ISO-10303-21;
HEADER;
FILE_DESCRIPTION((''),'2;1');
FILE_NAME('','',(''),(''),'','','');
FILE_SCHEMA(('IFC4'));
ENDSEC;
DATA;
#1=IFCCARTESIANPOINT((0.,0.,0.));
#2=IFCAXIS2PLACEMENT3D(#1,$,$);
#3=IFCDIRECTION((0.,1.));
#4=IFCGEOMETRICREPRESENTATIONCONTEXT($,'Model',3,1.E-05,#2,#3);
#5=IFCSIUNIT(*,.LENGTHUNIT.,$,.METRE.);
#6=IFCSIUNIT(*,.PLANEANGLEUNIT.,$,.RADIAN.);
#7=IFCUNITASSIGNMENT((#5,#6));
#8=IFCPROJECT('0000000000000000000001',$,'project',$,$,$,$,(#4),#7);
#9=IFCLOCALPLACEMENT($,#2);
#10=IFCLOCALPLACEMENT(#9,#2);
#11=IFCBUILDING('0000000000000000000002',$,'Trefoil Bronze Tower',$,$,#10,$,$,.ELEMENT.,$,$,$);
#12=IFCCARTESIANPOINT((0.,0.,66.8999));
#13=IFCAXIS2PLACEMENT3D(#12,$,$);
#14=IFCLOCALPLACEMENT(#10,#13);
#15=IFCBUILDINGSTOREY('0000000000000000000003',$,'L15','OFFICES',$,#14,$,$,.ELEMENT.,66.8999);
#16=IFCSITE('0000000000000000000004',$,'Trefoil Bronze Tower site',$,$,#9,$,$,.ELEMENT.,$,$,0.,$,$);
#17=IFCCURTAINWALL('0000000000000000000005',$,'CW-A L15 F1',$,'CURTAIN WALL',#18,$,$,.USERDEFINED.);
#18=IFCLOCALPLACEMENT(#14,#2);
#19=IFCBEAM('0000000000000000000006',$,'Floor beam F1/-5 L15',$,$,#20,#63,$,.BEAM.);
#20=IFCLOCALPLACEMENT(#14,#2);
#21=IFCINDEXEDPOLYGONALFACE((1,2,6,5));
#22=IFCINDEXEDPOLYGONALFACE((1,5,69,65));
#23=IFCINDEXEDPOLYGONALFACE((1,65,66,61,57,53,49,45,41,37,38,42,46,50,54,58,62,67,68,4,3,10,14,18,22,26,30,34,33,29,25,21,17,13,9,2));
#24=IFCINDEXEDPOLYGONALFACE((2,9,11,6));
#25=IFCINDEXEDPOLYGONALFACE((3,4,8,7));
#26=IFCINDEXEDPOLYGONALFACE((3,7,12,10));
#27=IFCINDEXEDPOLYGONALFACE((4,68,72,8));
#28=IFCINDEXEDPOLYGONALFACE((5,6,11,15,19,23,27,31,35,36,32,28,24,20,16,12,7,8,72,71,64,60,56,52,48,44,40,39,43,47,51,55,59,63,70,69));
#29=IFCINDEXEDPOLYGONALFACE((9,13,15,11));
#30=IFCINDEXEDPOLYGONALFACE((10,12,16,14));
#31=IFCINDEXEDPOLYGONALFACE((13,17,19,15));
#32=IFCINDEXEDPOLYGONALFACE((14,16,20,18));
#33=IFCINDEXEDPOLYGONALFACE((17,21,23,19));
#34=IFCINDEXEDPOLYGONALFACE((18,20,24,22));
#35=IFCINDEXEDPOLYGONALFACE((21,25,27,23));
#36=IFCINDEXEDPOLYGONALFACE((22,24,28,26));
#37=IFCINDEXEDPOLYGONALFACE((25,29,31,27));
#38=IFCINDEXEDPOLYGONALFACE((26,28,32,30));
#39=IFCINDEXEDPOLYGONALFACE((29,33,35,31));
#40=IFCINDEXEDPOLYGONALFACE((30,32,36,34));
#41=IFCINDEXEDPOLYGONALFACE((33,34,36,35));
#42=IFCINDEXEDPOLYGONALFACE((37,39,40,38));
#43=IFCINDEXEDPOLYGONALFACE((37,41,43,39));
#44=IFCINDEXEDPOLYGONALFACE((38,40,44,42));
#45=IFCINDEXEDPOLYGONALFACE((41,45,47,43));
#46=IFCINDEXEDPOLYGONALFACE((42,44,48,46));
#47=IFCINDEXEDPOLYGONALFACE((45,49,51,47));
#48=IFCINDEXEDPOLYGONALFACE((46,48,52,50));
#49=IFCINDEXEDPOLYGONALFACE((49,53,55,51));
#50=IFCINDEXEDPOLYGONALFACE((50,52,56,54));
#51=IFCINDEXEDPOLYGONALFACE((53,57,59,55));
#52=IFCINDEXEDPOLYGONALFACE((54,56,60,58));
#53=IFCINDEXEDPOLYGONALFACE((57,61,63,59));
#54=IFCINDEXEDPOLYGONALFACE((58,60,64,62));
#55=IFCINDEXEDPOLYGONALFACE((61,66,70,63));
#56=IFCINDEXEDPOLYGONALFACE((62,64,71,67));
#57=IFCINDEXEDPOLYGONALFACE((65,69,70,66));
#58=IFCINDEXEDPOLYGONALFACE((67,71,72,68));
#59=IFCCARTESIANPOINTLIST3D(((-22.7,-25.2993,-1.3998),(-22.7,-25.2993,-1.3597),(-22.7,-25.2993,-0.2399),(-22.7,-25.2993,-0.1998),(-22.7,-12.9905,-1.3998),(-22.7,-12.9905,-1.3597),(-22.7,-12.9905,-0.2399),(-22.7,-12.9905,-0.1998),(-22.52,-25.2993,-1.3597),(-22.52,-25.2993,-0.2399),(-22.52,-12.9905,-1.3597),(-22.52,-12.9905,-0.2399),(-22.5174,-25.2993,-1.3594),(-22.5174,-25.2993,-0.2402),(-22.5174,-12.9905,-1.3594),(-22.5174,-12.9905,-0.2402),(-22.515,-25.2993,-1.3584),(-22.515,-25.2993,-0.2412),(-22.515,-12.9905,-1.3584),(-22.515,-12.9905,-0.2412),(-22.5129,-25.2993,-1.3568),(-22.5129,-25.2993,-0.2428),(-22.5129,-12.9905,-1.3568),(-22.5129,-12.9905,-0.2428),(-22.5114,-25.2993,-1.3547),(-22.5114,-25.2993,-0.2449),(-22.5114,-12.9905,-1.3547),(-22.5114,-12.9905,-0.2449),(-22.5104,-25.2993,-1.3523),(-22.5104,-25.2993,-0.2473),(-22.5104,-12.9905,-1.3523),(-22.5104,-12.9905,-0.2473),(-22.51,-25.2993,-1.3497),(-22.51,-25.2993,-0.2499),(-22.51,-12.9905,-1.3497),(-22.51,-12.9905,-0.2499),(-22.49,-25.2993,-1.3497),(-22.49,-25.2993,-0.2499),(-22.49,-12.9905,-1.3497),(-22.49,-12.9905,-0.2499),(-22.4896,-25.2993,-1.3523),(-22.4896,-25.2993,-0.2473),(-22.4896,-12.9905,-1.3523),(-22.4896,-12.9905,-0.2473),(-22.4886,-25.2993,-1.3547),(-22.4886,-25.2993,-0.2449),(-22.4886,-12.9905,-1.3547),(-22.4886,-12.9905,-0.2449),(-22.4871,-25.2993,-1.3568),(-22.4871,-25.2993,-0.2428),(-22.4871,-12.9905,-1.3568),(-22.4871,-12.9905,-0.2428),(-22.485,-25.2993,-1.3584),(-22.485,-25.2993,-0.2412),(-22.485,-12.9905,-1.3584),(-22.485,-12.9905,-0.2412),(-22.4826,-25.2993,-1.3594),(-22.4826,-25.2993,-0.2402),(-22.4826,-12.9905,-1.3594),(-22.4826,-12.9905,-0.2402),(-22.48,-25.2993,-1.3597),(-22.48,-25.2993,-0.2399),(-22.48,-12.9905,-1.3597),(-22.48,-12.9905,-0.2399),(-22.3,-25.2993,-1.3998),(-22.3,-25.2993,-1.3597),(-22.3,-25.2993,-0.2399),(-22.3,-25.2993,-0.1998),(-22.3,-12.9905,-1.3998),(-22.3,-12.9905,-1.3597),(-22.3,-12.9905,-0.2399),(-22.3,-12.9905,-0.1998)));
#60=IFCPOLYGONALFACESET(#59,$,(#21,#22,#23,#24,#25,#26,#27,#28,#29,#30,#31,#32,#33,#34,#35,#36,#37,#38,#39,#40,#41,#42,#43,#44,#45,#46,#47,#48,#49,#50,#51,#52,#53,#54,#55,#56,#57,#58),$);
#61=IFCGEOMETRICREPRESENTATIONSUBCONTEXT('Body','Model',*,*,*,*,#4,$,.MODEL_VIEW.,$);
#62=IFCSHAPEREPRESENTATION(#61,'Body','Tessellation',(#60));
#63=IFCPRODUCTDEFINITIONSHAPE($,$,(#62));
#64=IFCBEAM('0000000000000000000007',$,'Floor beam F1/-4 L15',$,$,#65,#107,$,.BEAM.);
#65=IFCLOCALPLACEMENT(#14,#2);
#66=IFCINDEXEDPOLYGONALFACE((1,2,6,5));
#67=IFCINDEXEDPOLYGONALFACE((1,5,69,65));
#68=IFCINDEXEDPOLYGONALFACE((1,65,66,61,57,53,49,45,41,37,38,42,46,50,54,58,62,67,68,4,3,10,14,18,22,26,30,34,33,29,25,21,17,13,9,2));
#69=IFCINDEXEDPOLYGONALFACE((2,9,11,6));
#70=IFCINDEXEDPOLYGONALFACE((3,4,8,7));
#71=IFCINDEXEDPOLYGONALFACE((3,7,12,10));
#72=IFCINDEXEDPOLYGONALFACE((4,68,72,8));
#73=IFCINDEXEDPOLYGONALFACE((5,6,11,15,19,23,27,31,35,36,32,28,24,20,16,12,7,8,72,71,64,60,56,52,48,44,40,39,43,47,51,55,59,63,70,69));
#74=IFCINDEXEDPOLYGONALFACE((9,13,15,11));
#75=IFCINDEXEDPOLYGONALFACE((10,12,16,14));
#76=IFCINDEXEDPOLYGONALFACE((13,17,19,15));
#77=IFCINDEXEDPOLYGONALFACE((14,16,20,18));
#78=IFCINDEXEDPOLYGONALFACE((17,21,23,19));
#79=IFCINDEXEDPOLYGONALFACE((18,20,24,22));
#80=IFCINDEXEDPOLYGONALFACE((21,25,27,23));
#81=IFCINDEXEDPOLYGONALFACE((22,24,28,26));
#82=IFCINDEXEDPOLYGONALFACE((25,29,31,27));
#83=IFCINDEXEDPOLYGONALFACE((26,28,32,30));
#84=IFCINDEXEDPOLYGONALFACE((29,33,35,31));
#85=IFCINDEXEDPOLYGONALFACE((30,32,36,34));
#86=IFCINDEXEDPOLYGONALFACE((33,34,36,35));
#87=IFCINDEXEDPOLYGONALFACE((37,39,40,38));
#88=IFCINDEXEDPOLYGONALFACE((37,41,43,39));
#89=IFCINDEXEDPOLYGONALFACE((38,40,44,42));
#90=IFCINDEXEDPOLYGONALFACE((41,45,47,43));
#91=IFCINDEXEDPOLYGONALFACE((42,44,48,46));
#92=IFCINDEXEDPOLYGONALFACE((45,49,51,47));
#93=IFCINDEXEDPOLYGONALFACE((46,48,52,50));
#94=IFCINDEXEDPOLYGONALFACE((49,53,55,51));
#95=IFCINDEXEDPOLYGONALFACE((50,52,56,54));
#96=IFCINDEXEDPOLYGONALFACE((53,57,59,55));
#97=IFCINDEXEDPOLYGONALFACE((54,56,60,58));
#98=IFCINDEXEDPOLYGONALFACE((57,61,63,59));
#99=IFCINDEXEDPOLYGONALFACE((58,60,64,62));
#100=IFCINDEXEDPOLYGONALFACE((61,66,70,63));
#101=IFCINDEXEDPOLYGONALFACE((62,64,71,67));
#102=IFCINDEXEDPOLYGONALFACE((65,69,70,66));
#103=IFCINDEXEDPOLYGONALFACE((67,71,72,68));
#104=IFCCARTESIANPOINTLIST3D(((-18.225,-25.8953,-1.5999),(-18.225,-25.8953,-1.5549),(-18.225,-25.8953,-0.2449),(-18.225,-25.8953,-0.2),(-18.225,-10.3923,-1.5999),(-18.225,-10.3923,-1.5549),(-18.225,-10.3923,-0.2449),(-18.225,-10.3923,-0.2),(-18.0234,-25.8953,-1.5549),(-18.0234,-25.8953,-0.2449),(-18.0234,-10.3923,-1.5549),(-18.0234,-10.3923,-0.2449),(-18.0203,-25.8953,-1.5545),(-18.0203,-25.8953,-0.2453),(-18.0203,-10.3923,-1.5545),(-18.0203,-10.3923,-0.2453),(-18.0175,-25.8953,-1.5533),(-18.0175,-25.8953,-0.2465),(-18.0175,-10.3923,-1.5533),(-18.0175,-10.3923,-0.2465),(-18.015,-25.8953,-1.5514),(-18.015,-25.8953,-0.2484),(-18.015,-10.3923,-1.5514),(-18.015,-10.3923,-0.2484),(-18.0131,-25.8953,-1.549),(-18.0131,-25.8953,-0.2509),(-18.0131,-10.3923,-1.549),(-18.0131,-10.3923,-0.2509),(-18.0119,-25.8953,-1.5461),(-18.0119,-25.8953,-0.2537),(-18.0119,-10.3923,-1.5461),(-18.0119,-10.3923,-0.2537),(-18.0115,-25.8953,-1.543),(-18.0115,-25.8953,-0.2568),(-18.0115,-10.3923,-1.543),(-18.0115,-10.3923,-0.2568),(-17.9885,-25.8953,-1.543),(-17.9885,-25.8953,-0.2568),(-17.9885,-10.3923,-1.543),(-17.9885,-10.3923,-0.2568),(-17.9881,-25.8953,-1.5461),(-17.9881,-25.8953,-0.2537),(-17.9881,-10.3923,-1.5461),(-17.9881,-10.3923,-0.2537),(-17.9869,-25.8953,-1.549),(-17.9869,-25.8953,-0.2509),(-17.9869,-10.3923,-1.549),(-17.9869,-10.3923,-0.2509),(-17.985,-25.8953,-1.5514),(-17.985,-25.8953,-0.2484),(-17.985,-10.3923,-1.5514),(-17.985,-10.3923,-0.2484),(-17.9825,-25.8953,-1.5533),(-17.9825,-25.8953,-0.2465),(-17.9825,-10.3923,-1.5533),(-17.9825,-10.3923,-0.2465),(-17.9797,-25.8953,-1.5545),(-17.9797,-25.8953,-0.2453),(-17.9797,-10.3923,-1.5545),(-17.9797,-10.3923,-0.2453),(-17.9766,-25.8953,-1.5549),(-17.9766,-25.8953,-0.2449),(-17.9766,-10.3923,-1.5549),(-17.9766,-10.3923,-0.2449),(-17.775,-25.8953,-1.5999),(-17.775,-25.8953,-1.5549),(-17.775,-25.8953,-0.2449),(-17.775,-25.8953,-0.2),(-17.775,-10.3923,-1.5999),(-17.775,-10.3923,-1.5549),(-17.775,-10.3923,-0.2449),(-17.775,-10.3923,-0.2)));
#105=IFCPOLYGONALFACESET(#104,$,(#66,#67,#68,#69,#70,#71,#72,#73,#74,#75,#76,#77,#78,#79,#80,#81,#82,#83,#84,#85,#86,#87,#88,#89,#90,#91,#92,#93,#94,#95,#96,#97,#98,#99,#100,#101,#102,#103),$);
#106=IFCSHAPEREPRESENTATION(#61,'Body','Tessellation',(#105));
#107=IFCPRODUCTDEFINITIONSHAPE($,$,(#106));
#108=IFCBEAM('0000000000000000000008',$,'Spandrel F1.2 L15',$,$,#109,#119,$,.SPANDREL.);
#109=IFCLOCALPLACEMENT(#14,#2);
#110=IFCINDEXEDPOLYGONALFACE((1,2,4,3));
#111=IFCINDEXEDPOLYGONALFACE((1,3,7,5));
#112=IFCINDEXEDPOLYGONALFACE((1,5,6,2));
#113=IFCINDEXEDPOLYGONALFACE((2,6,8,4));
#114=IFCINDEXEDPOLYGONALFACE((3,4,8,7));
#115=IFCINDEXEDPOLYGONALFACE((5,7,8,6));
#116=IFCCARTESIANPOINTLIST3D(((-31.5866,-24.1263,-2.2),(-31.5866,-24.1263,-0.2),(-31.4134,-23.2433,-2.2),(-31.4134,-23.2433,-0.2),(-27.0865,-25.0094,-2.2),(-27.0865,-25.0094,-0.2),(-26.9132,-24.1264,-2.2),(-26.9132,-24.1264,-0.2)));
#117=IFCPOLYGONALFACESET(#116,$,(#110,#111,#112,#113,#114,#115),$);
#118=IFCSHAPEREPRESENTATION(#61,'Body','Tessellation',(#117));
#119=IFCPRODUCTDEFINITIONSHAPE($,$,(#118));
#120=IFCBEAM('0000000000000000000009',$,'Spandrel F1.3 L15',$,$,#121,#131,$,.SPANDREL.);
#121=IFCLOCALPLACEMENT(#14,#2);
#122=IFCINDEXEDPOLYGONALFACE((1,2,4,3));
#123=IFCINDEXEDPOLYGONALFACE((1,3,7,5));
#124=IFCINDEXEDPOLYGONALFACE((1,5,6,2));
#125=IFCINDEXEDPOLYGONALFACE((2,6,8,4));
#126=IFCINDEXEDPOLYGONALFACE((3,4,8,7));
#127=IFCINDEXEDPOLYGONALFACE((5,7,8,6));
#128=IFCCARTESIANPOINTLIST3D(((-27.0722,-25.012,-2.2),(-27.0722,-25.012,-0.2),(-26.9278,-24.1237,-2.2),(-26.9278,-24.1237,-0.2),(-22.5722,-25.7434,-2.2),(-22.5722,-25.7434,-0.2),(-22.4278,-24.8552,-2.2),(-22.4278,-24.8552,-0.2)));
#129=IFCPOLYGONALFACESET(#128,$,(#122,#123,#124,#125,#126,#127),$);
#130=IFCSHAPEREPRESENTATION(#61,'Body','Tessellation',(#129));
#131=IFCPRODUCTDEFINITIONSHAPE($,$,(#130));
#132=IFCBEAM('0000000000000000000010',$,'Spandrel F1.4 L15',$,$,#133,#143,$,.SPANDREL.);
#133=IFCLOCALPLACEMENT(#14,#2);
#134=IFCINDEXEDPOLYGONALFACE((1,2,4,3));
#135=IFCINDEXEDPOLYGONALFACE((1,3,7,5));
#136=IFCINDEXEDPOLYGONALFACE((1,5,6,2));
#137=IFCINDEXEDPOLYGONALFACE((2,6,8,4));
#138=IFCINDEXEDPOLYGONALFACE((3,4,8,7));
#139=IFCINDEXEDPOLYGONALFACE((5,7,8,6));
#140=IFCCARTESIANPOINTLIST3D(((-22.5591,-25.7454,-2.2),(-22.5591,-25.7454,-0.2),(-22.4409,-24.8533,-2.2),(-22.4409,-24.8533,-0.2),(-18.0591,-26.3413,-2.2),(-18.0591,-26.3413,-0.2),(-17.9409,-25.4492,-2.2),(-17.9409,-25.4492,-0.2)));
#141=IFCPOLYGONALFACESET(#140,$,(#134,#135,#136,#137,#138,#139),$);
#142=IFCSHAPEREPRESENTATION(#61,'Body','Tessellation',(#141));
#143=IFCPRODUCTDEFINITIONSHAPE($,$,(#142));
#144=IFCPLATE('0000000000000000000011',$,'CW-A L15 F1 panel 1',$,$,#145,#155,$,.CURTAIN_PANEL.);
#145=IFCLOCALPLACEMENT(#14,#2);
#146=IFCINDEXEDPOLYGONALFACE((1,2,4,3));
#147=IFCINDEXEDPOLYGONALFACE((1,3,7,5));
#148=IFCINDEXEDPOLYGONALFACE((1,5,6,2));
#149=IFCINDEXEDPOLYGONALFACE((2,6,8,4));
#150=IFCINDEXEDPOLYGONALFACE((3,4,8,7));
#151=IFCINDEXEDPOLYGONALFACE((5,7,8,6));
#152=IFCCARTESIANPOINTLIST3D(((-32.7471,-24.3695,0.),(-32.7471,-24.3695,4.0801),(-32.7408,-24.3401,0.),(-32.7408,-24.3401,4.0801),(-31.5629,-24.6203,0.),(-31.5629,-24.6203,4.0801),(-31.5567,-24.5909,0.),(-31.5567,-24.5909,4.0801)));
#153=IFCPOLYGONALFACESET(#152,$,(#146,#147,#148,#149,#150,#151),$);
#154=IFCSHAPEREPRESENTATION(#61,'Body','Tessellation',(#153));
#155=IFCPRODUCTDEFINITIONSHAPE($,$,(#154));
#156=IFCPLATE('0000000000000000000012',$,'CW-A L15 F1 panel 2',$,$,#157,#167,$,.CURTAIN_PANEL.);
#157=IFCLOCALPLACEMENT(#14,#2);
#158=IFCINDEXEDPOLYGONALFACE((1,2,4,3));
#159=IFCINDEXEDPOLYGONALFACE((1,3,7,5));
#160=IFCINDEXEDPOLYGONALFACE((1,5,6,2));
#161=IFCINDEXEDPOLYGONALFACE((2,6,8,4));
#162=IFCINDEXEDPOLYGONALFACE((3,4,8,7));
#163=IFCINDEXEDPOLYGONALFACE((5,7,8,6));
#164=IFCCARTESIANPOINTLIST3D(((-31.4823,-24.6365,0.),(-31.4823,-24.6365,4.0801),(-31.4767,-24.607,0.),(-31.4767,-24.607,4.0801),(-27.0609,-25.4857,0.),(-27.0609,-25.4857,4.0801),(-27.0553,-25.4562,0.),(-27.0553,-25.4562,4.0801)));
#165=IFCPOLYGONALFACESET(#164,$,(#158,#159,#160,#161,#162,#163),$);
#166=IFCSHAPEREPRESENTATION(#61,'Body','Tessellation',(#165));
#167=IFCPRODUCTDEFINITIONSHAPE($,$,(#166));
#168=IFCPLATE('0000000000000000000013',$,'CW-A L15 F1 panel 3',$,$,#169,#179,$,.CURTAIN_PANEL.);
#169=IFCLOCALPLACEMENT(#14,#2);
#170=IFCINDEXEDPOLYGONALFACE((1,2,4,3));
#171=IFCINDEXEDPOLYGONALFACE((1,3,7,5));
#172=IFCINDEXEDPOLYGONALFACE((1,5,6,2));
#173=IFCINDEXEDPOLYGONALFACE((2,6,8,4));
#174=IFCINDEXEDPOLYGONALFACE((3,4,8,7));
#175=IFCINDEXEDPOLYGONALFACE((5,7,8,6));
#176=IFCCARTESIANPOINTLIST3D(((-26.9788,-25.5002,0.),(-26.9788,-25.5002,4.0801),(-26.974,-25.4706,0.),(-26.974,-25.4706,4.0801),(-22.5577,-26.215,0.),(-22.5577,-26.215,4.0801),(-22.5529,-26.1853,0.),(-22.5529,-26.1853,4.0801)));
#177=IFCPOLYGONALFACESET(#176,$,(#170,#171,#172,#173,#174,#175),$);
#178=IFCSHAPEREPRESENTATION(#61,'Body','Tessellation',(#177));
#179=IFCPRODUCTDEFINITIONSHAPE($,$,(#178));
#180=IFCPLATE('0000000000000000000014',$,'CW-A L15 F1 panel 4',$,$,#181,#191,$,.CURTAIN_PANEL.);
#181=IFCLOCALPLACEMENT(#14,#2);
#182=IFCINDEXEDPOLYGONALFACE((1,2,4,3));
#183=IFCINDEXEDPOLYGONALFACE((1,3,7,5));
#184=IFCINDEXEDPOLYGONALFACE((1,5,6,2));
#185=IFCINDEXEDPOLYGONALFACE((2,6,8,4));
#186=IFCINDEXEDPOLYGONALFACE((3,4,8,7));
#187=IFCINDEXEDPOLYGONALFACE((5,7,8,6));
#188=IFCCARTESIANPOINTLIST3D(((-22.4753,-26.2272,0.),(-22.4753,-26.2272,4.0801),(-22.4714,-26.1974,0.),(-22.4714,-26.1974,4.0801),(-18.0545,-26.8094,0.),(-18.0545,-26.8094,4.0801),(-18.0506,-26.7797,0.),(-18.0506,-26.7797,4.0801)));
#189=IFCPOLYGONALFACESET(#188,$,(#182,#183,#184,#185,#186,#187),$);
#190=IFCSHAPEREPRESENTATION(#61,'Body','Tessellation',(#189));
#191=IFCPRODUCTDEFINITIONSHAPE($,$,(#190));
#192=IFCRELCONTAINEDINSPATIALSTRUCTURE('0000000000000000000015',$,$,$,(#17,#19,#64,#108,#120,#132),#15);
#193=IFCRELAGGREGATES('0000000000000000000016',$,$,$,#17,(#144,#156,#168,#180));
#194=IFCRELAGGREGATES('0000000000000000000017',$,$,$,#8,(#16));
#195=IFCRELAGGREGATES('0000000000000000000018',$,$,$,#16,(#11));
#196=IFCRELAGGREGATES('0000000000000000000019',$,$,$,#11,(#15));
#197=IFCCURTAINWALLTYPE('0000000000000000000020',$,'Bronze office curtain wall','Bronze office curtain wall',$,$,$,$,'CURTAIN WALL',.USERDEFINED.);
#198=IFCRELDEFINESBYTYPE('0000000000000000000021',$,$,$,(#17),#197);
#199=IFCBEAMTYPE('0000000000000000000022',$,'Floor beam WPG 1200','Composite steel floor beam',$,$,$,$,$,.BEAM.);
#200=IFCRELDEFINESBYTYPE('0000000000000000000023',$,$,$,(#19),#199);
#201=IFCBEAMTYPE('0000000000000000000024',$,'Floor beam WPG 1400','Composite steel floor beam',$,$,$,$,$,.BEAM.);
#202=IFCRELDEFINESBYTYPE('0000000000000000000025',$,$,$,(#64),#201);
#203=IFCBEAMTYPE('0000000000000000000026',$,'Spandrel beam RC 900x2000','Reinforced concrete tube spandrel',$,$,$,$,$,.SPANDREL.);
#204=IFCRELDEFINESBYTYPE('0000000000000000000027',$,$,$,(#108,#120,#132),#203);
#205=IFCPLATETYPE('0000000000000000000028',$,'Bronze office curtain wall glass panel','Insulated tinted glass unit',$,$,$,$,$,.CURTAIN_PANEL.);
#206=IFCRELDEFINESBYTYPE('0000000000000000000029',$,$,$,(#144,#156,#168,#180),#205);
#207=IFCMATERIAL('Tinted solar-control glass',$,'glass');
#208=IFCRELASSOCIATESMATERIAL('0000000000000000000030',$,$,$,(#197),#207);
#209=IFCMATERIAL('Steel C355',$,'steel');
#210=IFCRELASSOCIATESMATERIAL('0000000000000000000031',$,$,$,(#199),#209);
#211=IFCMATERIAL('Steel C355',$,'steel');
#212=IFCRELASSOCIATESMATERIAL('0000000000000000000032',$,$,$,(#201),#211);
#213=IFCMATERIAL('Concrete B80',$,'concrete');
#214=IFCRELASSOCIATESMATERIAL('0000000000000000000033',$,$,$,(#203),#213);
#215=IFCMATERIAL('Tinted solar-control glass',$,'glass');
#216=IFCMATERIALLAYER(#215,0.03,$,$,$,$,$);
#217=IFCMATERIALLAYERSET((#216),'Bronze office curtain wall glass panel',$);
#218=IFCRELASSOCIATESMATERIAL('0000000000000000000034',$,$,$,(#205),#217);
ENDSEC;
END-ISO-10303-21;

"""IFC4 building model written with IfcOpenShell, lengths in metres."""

from ifc_helpers import new_model, si_unit, direction, frame, origin, origin_2d, place, context, subcontext, project, spatial, rectangle, i_section, extrude, material, layer, layer_set, material_profile, profile_set, type_object, element, aggregate, save


model = new_model("IFC4")

# Units and contexts
model_context = context("Model", 3, precision=1e-05, world=origin(), true_north=direction((0.0, 1.0)))
body_context = subcontext(model_context, "Body", "Model", "MODEL_VIEW")
ifc_project = project(units=[si_unit("LENGTHUNIT", "METRE"), si_unit("PLANEANGLEUNIT", "RADIAN")], contexts=[model_context])

# Site, building, storey
site_placement = place(None, origin())
site = spatial("IfcSite", under=ifc_project, at=site_placement, Name="Trefoil Bronze Tower site", CompositionType="ELEMENT", RefElevation=0.0)
building_placement = place(site_placement, origin())
building = spatial("IfcBuilding", under=site, at=building_placement, Name="Trefoil Bronze Tower", CompositionType="ELEMENT")
storey_placement = place(building_placement, frame((0.0, 0.0, 66.8999)))
storey = spatial("IfcBuildingStorey", under=building, at=storey_placement, Name="L15", Description="OFFICES", CompositionType="ELEMENT", Elevation=66.8999)

# Curtain wall
ifc_material_1 = material(Name="Tinted solar-control glass", Category="glass")
curtain_wall_type_1 = type_object("IfcCurtainWallType", Name="Bronze office curtain wall", Description="Bronze office curtain wall", ElementType="CURTAIN WALL", PredefinedType="USERDEFINED", material=ifc_material_1)
curtain_wall_1_placement = place(storey_placement, origin())
curtain_wall_1 = element("IfcCurtainWall", 1, at=curtain_wall_1_placement, inside=storey, type_object=curtain_wall_type_1, Name="CW-A L15 F1", ObjectType="CURTAIN WALL", PredefinedType="USERDEFINED")

# Beams
ifc_material_2 = material(Name="Steel C355", Category="steel")
ifc_material_profile_1 = material_profile(ifc_material_2, i_section(OverallWidth=0.3999, OverallDepth=1.2, WebThickness=0.02, FlangeThickness=0.04, FilletRadius=0.01, at=origin_2d()), Name="WPG 1200")
ifc_profile_set_1 = profile_set([ifc_material_profile_1], Name="Steel C355")
beam_type_1 = type_object("IfcBeamType", Name="Floor beam WPG 1200", Description="Composite steel floor beam", PredefinedType="BEAM", material=ifc_profile_set_1)
beam_1_placement = place(storey_placement, frame((-22.5, -25.2993, -0.7998), z_axis=(0.0, 1.0, 0.0), x_axis=(-1.0, 0.0, 0.0)))
element("IfcBeam", 2, at=beam_1_placement, inside=storey, type_object=beam_type_1, Name="Floor beam F1/-5 L15", PredefinedType="BEAM", context=body_context, shape_type="SweptSolid", body=[
    extrude(i_section(OverallWidth=0.3999, OverallDepth=1.2, WebThickness=0.02, FlangeThickness=0.04, FilletRadius=0.01, at=origin_2d()), origin(), (0.0, 0.0, 1.0), 12.3088),
])
ifc_material_3 = material(Name="Steel C355", Category="steel")
ifc_material_profile_2 = material_profile(ifc_material_3, i_section(OverallWidth=0.45, OverallDepth=1.3999, WebThickness=0.0229, FlangeThickness=0.0449, FilletRadius=0.012, at=origin_2d()), Name="WPG 1400")
ifc_profile_set_2 = profile_set([ifc_material_profile_2], Name="Steel C355")
beam_type_2 = type_object("IfcBeamType", Name="Floor beam WPG 1400", Description="Composite steel floor beam", PredefinedType="BEAM", material=ifc_profile_set_2)
beam_2_placement = place(storey_placement, frame((-18.0, -25.8953, -0.8999), z_axis=(0.0, 1.0, 0.0), x_axis=(-1.0, 0.0, 0.0)))
element("IfcBeam", 3, at=beam_2_placement, inside=storey, type_object=beam_type_2, Name="Floor beam F1/-4 L15", PredefinedType="BEAM", context=body_context, shape_type="SweptSolid", body=[
    extrude(i_section(OverallWidth=0.45, OverallDepth=1.3999, WebThickness=0.0229, FlangeThickness=0.0449, FilletRadius=0.012, at=origin_2d()), origin(), (0.0, 0.0, 1.0), 15.5029),
])
ifc_material_4 = material(Name="Concrete B80", Category="concrete")
ifc_material_profile_3 = material_profile(ifc_material_4, rectangle(XDim=0.8999, YDim=2.0, at=origin_2d()), Name="RC 900x2000")
ifc_profile_set_3 = profile_set([ifc_material_profile_3], Name="Concrete B80")
beam_type_3 = type_object("IfcBeamType", Name="Spandrel beam RC 900x2000", Description="Reinforced concrete tube spandrel", PredefinedType="SPANDREL", material=ifc_profile_set_3)
beam_3_placement = place(storey_placement, frame((-31.5, -23.6848, -1.2), z_axis=(0.981285, -0.192562, 0.0), x_axis=(0.192562, 0.981285, 0.0)))
element("IfcBeam", 4, at=beam_3_placement, inside=storey, type_object=beam_type_3, Name="Spandrel F1.2 L15", PredefinedType="SPANDREL", context=body_context, shape_type="SweptSolid", body=[
    extrude(rectangle(XDim=0.8999, YDim=2.0, at=origin_2d()), origin(), (0.0, 0.0, 1.0), 4.5859),
])
beam_4_placement = place(storey_placement, frame((-27.0, -24.5679, -1.2), z_axis=(0.987046, -0.160438, 0.0), x_axis=(0.160438, 0.987046, 0.0)))
element("IfcBeam", 5, at=beam_4_placement, inside=storey, type_object=beam_type_3, Name="Spandrel F1.3 L15", PredefinedType="SPANDREL", context=body_context, shape_type="SweptSolid", body=[
    extrude(rectangle(XDim=0.8999, YDim=2.0, at=origin_2d()), origin(), (0.0, 0.0, 1.0), 4.5591),
])
beam_5_placement = place(storey_placement, frame((-22.5, -25.2993, -1.2), z_axis=(0.991344, -0.131286, 0.0), x_axis=(0.131286, 0.991344, 0.0)))
element("IfcBeam", 6, at=beam_5_placement, inside=storey, type_object=beam_type_3, Name="Spandrel F1.4 L15", PredefinedType="SPANDREL", context=body_context, shape_type="SweptSolid", body=[
    extrude(rectangle(XDim=0.8999, YDim=2.0, at=origin_2d()), origin(), (0.0, 0.0, 1.0), 4.5393),
])

# Plates
ifc_material_5 = material(Name="Tinted solar-control glass", Category="glass")
ifc_layer_1 = layer(ifc_material_5, 0.03)
ifc_layer_set_1 = layer_set([ifc_layer_1], Name="Bronze office curtain wall glass panel")
plate_type_1 = type_object("IfcPlateType", Name="Bronze office curtain wall glass panel", Description="Insulated tinted glass unit", PredefinedType="CURTAIN_PANEL", material=ifc_layer_set_1)
plate_1_placement = place(storey_placement, frame((-32.1519, -24.4802, 0.0), z_axis=(0.0, 0.0, 1.0), x_axis=(0.978303, -0.207181, 0.0)))
plate_1 = element("IfcPlate", 7, at=plate_1_placement, type_object=plate_type_1, Name="CW-A L15 F1 panel 1", PredefinedType="CURTAIN_PANEL", context=body_context, shape_type="SweptSolid", body=[
    extrude(rectangle(XDim=1.2104, YDim=0.03, at=origin_2d()), origin(), (0.0, 0.0, 1.0), 4.0801),
])
plate_2_placement = place(storey_placement, frame((-29.2688, -25.0464, 0.0), z_axis=(0.0, 0.0, 1.0), x_axis=(0.98205, -0.188622, 0.0)))
plate_2 = element("IfcPlate", 8, at=plate_2_placement, type_object=plate_type_1, Name="CW-A L15 F1 panel 2", PredefinedType="CURTAIN_PANEL", context=body_context, shape_type="SweptSolid", body=[
    extrude(rectangle(XDim=4.5022, YDim=0.03, at=origin_2d()), origin(), (0.0, 0.0, 1.0), 4.0801),
])
plate_3_placement = place(storey_placement, frame((-24.7659, -25.8428, 0.0), z_axis=(0.0, 0.0, 1.0), x_axis=(0.987181, -0.159603, 0.0)))
plate_3 = element("IfcPlate", 9, at=plate_3_placement, type_object=plate_type_1, Name="CW-A L15 F1 panel 3", PredefinedType="CURTAIN_PANEL", context=body_context, shape_type="SweptSolid", body=[
    extrude(rectangle(XDim=4.4785, YDim=0.03, at=origin_2d()), origin(), (0.0, 0.0, 1.0), 4.0801),
])
plate_4_placement = place(storey_placement, frame((-20.2629, -26.5034, 0.0), z_axis=(0.0, 0.0, 1.0), x_axis=(0.991437, -0.130584, 0.0)))
plate_4 = element("IfcPlate", 10, at=plate_4_placement, type_object=plate_type_1, Name="CW-A L15 F1 panel 4", PredefinedType="CURTAIN_PANEL", context=body_context, shape_type="SweptSolid", body=[
    extrude(rectangle(XDim=4.459, YDim=0.03, at=origin_2d()), origin(), (0.0, 0.0, 1.0), 4.0801),
])
aggregate(curtain_wall_1, [plate_1, plate_2, plate_3, plate_4])

save(model, "model.ifc")
